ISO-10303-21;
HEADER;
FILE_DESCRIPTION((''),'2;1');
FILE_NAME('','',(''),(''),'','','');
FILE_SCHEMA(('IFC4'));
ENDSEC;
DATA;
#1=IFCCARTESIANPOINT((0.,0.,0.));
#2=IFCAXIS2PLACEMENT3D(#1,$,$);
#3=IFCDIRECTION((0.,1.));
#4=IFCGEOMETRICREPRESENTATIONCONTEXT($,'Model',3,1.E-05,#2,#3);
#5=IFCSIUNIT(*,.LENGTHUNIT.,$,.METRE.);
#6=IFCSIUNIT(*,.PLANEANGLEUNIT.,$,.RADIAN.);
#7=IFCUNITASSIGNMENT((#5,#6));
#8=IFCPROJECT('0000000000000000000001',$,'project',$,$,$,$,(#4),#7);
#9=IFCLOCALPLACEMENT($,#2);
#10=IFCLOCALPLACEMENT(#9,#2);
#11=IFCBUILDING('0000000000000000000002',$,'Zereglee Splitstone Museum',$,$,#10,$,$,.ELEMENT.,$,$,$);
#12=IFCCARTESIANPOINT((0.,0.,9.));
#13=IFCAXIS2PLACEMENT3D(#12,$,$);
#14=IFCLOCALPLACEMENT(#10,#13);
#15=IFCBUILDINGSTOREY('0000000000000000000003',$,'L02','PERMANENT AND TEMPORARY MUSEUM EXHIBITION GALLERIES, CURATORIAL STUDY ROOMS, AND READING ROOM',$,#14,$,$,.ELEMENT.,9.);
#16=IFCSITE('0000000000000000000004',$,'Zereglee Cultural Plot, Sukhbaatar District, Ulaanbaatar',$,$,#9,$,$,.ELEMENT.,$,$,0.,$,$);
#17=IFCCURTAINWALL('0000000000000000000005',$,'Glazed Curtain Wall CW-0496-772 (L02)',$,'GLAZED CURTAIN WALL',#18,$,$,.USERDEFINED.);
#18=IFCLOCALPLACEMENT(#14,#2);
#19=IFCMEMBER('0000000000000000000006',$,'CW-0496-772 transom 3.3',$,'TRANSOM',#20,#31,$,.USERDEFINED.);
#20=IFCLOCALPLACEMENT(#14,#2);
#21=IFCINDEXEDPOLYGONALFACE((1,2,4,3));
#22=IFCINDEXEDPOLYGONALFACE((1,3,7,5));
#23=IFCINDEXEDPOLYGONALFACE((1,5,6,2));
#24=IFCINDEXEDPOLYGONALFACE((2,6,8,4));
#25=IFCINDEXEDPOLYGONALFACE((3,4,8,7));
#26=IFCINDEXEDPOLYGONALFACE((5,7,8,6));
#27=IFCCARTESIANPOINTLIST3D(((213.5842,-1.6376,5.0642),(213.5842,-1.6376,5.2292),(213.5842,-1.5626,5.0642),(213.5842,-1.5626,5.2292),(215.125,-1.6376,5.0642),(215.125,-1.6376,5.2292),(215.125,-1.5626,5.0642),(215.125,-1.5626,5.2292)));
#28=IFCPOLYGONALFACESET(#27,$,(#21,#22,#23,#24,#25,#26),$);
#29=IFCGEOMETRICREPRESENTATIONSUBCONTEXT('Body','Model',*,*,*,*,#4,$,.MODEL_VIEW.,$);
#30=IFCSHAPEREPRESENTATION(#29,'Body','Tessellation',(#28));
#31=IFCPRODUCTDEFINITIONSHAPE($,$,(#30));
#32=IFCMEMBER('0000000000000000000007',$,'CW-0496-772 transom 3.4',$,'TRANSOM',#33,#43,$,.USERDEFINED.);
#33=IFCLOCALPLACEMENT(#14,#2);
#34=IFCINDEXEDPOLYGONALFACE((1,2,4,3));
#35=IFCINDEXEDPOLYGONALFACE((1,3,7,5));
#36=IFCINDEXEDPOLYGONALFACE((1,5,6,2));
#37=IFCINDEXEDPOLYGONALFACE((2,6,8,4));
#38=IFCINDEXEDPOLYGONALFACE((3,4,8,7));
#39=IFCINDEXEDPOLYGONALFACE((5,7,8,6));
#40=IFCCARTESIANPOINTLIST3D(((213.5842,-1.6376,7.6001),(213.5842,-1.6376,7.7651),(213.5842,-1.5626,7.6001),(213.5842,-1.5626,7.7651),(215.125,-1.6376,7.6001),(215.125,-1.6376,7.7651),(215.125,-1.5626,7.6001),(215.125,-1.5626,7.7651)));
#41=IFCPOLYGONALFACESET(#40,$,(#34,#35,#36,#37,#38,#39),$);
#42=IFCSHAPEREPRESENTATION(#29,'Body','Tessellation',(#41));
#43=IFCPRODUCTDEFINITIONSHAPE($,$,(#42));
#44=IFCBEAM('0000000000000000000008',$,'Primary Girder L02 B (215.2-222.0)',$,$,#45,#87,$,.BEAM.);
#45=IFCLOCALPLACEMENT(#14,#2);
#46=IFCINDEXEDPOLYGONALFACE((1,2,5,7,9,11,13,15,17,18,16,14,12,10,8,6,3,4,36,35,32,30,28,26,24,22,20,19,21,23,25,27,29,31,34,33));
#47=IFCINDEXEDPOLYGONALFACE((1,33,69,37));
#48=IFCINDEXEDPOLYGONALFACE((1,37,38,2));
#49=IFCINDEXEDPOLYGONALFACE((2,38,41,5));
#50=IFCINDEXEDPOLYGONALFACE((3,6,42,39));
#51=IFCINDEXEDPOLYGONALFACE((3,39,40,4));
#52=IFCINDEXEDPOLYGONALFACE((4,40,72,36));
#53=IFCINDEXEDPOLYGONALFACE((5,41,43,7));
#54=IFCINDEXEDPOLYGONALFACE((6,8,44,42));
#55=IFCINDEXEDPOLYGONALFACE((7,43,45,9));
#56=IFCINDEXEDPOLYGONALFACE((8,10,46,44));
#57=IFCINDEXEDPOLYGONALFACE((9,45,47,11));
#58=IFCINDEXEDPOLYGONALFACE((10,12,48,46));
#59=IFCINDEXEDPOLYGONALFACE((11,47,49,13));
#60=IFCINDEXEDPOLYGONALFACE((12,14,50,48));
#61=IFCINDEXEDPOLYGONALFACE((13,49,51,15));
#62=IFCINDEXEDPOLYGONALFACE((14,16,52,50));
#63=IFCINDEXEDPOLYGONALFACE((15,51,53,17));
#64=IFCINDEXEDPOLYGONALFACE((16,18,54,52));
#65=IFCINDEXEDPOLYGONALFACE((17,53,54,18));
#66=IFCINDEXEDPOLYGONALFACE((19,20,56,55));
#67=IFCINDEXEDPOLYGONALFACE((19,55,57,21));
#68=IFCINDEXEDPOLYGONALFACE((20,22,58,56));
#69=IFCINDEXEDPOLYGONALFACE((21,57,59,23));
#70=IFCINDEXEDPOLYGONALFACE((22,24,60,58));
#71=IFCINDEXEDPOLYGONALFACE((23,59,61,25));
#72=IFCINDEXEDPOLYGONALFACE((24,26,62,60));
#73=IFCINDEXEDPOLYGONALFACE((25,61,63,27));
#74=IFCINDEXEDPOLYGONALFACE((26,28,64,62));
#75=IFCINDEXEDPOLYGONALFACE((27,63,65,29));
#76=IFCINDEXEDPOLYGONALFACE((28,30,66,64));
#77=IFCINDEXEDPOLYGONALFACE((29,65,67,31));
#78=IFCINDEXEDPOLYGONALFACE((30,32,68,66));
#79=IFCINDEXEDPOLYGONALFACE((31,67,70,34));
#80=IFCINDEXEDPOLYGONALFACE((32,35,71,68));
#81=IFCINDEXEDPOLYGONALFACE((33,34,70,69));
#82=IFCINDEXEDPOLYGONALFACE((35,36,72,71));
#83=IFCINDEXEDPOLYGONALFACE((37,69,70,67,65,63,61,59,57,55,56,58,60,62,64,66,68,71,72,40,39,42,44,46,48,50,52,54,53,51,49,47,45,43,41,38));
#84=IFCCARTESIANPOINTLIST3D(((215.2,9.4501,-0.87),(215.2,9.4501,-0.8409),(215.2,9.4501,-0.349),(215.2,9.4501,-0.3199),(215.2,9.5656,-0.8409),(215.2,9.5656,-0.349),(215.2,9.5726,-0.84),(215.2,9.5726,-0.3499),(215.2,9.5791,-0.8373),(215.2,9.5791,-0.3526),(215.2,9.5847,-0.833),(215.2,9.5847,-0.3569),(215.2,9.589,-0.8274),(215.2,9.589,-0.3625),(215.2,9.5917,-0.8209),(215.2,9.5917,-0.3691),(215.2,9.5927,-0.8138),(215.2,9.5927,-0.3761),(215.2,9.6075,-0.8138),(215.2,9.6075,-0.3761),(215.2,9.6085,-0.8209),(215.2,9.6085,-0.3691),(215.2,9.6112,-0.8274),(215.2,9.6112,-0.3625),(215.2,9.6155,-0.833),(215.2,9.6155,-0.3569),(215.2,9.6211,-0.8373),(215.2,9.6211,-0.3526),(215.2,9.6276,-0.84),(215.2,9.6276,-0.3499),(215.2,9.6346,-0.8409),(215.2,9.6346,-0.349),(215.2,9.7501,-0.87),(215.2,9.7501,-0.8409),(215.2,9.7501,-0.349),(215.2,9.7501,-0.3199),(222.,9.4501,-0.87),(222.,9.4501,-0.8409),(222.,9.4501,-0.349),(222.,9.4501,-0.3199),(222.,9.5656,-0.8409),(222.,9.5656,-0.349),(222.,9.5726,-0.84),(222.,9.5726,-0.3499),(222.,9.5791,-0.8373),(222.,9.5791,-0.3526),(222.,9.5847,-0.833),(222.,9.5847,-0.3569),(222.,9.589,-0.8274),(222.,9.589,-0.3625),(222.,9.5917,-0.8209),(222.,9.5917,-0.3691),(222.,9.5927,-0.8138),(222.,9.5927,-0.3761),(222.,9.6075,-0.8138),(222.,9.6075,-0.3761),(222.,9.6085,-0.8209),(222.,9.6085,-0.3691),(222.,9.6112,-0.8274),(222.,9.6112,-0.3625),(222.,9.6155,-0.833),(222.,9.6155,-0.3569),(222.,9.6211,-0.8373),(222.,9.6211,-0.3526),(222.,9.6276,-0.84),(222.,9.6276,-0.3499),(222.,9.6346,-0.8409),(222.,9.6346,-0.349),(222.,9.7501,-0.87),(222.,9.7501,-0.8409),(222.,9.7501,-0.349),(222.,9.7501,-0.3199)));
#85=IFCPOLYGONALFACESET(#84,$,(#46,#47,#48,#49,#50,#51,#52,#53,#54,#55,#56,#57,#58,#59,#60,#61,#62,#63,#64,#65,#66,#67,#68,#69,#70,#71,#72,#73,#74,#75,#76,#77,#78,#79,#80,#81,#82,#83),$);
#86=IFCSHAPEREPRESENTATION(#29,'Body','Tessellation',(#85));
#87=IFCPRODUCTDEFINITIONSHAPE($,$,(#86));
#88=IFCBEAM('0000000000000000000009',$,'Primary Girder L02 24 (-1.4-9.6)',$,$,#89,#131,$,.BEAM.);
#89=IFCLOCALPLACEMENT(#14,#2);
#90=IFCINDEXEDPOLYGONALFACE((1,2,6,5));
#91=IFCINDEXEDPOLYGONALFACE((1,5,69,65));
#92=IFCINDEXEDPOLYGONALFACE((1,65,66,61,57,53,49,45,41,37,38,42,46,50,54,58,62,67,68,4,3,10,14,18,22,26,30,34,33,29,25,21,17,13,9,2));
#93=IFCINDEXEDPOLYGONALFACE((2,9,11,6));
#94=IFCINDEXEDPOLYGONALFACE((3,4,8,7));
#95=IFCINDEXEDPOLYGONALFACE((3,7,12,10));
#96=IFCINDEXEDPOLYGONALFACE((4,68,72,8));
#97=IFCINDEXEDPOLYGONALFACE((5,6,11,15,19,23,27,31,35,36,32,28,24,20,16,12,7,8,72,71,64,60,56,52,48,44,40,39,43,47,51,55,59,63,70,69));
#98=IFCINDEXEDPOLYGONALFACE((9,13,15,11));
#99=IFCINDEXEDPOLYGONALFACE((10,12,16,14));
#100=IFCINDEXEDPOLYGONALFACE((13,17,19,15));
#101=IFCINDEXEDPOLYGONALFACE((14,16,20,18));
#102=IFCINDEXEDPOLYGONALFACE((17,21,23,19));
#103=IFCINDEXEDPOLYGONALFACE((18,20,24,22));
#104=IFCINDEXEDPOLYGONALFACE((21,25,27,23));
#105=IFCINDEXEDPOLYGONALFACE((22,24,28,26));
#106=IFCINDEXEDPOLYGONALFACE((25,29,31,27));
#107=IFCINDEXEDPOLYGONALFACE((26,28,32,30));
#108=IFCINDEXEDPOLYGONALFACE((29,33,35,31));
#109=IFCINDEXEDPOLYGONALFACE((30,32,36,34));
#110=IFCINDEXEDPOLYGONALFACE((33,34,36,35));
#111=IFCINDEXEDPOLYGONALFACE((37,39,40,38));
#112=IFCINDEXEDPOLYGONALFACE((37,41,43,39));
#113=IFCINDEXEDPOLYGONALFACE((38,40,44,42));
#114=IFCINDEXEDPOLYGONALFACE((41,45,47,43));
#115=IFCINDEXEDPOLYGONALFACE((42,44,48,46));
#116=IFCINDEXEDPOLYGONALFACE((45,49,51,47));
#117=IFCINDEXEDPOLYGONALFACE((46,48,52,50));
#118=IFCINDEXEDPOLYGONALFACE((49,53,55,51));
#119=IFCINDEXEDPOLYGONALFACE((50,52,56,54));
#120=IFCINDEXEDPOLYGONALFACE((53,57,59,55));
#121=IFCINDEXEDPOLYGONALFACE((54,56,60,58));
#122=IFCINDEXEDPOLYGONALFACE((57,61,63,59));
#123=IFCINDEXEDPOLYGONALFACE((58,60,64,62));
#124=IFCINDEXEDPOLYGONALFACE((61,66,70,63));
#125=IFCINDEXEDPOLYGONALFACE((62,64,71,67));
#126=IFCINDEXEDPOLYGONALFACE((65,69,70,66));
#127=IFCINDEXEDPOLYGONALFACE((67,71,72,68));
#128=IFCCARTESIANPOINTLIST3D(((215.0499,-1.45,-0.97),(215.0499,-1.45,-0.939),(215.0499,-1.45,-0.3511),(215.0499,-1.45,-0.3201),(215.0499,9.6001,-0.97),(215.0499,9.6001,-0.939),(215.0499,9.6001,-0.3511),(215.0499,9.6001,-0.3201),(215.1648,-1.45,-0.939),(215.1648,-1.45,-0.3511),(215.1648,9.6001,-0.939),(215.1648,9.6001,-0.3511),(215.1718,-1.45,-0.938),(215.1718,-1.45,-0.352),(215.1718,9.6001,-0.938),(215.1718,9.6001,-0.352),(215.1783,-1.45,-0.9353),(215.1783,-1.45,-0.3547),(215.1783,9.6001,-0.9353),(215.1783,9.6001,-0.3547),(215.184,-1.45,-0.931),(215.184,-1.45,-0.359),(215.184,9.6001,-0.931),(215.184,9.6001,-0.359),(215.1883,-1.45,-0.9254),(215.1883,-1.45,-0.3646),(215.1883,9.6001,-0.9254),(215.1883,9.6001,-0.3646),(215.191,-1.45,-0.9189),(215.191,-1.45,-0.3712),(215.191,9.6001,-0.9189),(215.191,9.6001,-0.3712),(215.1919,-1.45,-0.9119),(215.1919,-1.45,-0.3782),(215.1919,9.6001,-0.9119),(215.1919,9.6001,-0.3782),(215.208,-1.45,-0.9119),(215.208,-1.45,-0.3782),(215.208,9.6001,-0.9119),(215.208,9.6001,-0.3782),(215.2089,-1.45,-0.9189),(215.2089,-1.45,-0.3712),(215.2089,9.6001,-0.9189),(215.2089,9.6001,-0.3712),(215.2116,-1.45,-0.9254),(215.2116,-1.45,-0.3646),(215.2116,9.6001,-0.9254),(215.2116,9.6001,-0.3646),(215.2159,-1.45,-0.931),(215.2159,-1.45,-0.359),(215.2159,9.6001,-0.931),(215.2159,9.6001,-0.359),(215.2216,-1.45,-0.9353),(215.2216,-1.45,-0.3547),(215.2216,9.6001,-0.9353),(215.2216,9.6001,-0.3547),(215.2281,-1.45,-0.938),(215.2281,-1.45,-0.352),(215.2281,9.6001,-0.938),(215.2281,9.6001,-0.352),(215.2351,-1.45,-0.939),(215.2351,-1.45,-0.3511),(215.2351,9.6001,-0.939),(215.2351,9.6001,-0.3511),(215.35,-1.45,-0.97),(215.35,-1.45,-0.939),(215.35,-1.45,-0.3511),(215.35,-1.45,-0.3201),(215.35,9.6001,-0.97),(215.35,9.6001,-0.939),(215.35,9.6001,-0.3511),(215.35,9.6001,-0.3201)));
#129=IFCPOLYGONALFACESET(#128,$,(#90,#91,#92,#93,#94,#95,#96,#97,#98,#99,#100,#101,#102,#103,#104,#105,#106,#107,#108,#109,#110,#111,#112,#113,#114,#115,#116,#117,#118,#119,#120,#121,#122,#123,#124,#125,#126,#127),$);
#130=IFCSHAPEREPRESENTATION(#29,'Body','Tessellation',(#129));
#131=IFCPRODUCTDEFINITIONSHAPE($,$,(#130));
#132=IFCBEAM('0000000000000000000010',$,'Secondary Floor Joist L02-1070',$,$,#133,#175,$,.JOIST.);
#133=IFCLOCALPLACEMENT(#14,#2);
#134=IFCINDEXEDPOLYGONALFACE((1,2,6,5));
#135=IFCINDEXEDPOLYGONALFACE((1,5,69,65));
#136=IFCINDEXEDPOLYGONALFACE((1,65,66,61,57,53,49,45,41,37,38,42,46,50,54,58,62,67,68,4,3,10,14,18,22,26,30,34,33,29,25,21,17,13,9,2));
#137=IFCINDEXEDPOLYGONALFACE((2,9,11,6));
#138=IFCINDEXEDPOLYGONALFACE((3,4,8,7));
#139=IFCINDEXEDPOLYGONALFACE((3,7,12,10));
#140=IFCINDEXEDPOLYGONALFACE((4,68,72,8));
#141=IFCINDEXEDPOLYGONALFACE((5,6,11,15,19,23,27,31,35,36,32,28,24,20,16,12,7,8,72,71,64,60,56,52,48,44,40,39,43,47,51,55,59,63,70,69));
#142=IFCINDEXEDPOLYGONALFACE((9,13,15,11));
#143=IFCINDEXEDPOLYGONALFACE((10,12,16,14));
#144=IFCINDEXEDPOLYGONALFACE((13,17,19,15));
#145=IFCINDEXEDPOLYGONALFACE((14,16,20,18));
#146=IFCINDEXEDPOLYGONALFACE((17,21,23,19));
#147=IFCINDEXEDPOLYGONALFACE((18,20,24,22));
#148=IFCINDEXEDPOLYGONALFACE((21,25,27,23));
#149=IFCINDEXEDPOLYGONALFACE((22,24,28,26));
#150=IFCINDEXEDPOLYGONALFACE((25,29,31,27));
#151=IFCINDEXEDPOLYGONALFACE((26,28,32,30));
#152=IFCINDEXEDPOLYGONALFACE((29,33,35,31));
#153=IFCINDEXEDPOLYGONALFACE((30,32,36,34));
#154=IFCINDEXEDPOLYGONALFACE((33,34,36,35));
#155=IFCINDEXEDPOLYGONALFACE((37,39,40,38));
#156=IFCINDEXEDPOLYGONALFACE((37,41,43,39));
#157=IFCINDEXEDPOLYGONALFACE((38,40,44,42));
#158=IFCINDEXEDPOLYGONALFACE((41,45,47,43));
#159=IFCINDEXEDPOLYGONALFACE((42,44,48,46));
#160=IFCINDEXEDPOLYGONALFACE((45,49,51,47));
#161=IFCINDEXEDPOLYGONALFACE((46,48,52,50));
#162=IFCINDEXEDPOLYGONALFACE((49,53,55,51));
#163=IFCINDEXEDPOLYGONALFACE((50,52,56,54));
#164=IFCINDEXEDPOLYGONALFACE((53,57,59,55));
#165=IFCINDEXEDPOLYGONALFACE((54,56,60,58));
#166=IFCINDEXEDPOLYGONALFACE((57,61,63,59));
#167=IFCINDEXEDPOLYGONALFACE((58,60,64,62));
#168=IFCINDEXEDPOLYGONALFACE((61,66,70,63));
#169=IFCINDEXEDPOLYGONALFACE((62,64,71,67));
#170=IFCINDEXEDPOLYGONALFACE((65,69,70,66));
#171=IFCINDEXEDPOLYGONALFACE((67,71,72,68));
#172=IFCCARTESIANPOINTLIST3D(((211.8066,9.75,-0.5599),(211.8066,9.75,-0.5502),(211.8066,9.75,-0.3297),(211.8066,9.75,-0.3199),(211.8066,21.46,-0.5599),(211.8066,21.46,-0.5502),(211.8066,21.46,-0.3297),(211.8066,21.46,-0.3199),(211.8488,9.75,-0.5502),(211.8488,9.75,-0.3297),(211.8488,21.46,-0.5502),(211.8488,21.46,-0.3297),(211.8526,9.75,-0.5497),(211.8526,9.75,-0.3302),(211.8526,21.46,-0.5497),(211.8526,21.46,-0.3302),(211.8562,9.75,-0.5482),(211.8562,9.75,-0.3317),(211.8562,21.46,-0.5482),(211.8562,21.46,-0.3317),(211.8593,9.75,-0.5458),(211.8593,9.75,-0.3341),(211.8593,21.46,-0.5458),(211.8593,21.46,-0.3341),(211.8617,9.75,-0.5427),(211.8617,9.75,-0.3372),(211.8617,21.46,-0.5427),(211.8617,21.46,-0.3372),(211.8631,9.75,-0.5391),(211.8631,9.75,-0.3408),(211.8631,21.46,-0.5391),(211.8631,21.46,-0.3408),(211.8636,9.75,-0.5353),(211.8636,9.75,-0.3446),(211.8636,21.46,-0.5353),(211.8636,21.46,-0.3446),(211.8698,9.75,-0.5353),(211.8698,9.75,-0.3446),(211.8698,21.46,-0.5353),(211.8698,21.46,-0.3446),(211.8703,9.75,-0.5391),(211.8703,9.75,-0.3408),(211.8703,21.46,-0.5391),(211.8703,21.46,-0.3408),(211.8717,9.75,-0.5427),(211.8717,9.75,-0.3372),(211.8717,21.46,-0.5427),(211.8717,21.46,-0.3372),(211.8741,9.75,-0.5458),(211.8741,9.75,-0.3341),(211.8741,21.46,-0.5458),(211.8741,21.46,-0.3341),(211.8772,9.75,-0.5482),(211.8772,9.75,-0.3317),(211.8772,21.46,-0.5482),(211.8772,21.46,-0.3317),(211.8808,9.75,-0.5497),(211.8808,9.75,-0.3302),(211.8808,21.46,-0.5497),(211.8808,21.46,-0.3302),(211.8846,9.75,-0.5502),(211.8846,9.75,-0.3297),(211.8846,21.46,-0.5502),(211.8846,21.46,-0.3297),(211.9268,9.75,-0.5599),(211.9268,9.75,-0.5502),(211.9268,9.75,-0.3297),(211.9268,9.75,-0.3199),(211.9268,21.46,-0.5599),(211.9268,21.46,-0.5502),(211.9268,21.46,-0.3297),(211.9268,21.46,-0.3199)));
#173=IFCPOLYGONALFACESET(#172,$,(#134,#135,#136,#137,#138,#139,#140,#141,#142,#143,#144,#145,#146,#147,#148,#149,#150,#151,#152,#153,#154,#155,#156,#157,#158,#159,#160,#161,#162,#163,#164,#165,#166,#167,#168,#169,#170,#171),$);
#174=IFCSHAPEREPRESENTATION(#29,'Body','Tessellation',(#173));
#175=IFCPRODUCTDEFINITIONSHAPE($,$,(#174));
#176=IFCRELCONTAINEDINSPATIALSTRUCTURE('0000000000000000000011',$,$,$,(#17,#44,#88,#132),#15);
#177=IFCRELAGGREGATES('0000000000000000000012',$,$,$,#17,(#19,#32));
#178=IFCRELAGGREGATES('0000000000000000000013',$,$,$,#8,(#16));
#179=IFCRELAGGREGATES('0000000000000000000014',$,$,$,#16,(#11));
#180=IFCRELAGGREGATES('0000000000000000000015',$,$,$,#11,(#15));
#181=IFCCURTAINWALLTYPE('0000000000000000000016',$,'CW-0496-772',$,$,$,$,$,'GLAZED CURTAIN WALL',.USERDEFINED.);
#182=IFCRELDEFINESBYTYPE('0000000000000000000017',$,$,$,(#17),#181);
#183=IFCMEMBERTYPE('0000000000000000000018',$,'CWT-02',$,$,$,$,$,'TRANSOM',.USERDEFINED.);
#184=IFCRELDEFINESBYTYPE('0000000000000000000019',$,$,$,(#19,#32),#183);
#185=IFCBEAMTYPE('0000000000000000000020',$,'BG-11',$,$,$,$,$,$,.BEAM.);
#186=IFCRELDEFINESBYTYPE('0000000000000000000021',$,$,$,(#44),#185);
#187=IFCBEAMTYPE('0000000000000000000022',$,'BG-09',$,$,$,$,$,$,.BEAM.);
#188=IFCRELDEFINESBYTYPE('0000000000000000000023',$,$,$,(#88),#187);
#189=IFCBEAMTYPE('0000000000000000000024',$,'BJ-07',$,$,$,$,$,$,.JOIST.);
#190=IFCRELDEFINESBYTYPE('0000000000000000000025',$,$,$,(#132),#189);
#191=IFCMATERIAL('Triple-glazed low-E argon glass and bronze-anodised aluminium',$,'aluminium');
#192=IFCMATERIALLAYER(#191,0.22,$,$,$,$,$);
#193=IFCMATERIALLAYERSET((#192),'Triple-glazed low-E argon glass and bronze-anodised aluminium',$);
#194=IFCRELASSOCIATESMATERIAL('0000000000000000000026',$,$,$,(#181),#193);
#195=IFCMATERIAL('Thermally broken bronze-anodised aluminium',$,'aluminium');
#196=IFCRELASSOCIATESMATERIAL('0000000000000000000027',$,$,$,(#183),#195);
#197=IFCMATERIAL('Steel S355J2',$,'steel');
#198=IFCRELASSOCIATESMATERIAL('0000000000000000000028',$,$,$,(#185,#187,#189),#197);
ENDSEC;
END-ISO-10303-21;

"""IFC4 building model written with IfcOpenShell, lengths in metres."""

from ifc_helpers import new_model, si_unit, direction, frame, origin, origin_2d, place, context, subcontext, project, spatial, rectangle, i_section, extrude, material, layer, layer_set, material_profile, profile_set, type_object, element, aggregate, save


model = new_model("IFC4")

# Units and contexts
model_context = context("Model", 3, precision=1e-05, world=origin(), true_north=direction((0.0, 1.0)))
body_context = subcontext(model_context, "Body", "Model", "MODEL_VIEW")
ifc_project = project(units=[si_unit("LENGTHUNIT", "METRE"), si_unit("PLANEANGLEUNIT", "RADIAN")], contexts=[model_context])

# Site, building, storey
site_placement = place(None, origin())
site = spatial("IfcSite", under=ifc_project, at=site_placement, Name="Zereglee Cultural Plot, Sukhbaatar District, Ulaanbaatar", CompositionType="ELEMENT", RefElevation=0.0)
building_placement = place(site_placement, origin())
building = spatial("IfcBuilding", under=site, at=building_placement, Name="Zereglee Splitstone Museum", CompositionType="ELEMENT")
storey_placement = place(building_placement, frame((0.0, 0.0, 9.0)))
storey = spatial("IfcBuildingStorey", under=building, at=storey_placement, Name="L02", Description="PERMANENT AND TEMPORARY MUSEUM EXHIBITION GALLERIES, CURATORIAL STUDY ROOMS, AND READING ROOM", CompositionType="ELEMENT", Elevation=9.0)

# Shared definitions
ifc_material_1 = material(Name="Steel S355J2", Category="steel")

# Curtain wall, members
ifc_material_2 = material(Name="Triple-glazed low-E argon glass and bronze-anodised aluminium", Category="aluminium")
ifc_layer_1 = layer(ifc_material_2, 0.22)
ifc_layer_set_1 = layer_set([ifc_layer_1], Name="Triple-glazed low-E argon glass and bronze-anodised aluminium")
curtain_wall_type = type_object("IfcCurtainWallType", Name="CW-0496-772", ElementType="GLAZED CURTAIN WALL", PredefinedType="USERDEFINED", material=ifc_layer_set_1)
curtain_wall_placement = place(storey_placement, origin())
curtain_wall = element("IfcCurtainWall", 1, at=curtain_wall_placement, inside=storey, type_object=curtain_wall_type, Name="Glazed Curtain Wall CW-0496-772 (L02)", ObjectType="GLAZED CURTAIN WALL", PredefinedType="USERDEFINED")
ifc_material_3 = material(Name="Thermally broken bronze-anodised aluminium", Category="aluminium")
ifc_material_profile_1 = material_profile(ifc_material_3, rectangle(XDim=0.075, YDim=0.165, at=origin_2d()), Name="CW TRAN 75x165")
ifc_profile_set_1 = profile_set([ifc_material_profile_1], Name="Thermally broken bronze-anodised aluminium")
member_type_1 = type_object("IfcMemberType", Name="CWT-02", ElementType="TRANSOM", PredefinedType="USERDEFINED", material=ifc_profile_set_1)
member_1_placement = place(storey_placement, frame((213.5842, -1.6001, 5.1467), z_axis=(1.0, 0.0, 0.0), x_axis=(0.0, 1.0, 0.0)))
member_1 = element("IfcMember", 2, at=member_1_placement, type_object=member_type_1, Name="CW-0496-772 transom 3.3", ObjectType="TRANSOM", PredefinedType="USERDEFINED", context=body_context, shape_type="SweptSolid", body=[
    extrude(rectangle(XDim=0.075, YDim=0.165, at=origin_2d()), origin(), (0.0, 0.0, 1.0), 1.5408),
])
member_2_placement = place(storey_placement, frame((213.5842, -1.6001, 7.6826), z_axis=(1.0, 0.0, 0.0), x_axis=(0.0, 1.0, 0.0)))
member_2 = element("IfcMember", 3, at=member_2_placement, type_object=member_type_1, Name="CW-0496-772 transom 3.4", ObjectType="TRANSOM", PredefinedType="USERDEFINED", context=body_context, shape_type="SweptSolid", body=[
    extrude(rectangle(XDim=0.075, YDim=0.165, at=origin_2d()), origin(), (0.0, 0.0, 1.0), 1.5408),
])

# Beams
ifc_material_profile_2 = material_profile(ifc_material_1, i_section(OverallWidth=0.3, OverallDepth=0.55, WebThickness=0.0149, FlangeThickness=0.0291, FilletRadius=0.0271, at=origin_2d()), Name="HE 550 B")
ifc_profile_set_2 = profile_set([ifc_material_profile_2], Name="Steel S355J2")
beam_type_1 = type_object("IfcBeamType", Name="BG-11", PredefinedType="BEAM", material=ifc_profile_set_2)
beam_1_placement = place(storey_placement, frame((215.2, 9.6001, -0.595), z_axis=(1.0, 0.0, 0.0), x_axis=(0.0, 1.0, 0.0)))
element("IfcBeam", 4, at=beam_1_placement, inside=storey, type_object=beam_type_1, Name="Primary Girder L02 B (215.2-222.0)", PredefinedType="BEAM", context=body_context, shape_type="SweptSolid", body=[
    extrude(i_section(OverallWidth=0.3, OverallDepth=0.55, WebThickness=0.0149, FlangeThickness=0.0291, FilletRadius=0.0271, at=origin_2d()), origin(), (0.0, 0.0, 1.0), 6.8),
])
ifc_material_profile_3 = material_profile(ifc_material_1, i_section(OverallWidth=0.3, OverallDepth=0.6499, WebThickness=0.0161, FlangeThickness=0.031, FilletRadius=0.0271, at=origin_2d()), Name="HE 650 B")
ifc_profile_set_3 = profile_set([ifc_material_profile_3], Name="Steel S355J2")
beam_type_2 = type_object("IfcBeamType", Name="BG-09", PredefinedType="BEAM", material=ifc_profile_set_3)
beam_2_placement = place(storey_placement, frame((215.2, -1.45, -0.645), z_axis=(0.0, 1.0, 0.0), x_axis=(-1.0, 0.0, 0.0)))
element("IfcBeam", 5, at=beam_2_placement, inside=storey, type_object=beam_type_2, Name="Primary Girder L02 24 (-1.4-9.6)", PredefinedType="BEAM", context=body_context, shape_type="SweptSolid", body=[
    extrude(i_section(OverallWidth=0.3, OverallDepth=0.6499, WebThickness=0.0161, FlangeThickness=0.031, FilletRadius=0.0271, at=origin_2d()), origin(), (0.0, 0.0, 1.0), 11.05),
])
ifc_material_profile_4 = material_profile(ifc_material_1, i_section(OverallWidth=0.1201, OverallDepth=0.24, WebThickness=0.0061, FlangeThickness=0.0098, FilletRadius=0.0149, at=origin_2d()), Name="IPE 240")
ifc_profile_set_4 = profile_set([ifc_material_profile_4], Name="Steel S355J2")
beam_type_3 = type_object("IfcBeamType", Name="BJ-07", PredefinedType="JOIST", material=ifc_profile_set_4)
beam_3_placement = place(storey_placement, frame((211.8667, 9.75, -0.4399), z_axis=(0.0, 1.0, 0.0), x_axis=(-1.0, 0.0, 0.0)))
element("IfcBeam", 6, at=beam_3_placement, inside=storey, type_object=beam_type_3, Name="Secondary Floor Joist L02-1070", PredefinedType="JOIST", context=body_context, shape_type="SweptSolid", body=[
    extrude(i_section(OverallWidth=0.1201, OverallDepth=0.24, WebThickness=0.0061, FlangeThickness=0.0098, FilletRadius=0.0149, at=origin_2d()), origin(), (0.0, 0.0, 1.0), 11.71),
])

aggregate(curtain_wall, [member_1, member_2])

save(model, "model.ifc")
